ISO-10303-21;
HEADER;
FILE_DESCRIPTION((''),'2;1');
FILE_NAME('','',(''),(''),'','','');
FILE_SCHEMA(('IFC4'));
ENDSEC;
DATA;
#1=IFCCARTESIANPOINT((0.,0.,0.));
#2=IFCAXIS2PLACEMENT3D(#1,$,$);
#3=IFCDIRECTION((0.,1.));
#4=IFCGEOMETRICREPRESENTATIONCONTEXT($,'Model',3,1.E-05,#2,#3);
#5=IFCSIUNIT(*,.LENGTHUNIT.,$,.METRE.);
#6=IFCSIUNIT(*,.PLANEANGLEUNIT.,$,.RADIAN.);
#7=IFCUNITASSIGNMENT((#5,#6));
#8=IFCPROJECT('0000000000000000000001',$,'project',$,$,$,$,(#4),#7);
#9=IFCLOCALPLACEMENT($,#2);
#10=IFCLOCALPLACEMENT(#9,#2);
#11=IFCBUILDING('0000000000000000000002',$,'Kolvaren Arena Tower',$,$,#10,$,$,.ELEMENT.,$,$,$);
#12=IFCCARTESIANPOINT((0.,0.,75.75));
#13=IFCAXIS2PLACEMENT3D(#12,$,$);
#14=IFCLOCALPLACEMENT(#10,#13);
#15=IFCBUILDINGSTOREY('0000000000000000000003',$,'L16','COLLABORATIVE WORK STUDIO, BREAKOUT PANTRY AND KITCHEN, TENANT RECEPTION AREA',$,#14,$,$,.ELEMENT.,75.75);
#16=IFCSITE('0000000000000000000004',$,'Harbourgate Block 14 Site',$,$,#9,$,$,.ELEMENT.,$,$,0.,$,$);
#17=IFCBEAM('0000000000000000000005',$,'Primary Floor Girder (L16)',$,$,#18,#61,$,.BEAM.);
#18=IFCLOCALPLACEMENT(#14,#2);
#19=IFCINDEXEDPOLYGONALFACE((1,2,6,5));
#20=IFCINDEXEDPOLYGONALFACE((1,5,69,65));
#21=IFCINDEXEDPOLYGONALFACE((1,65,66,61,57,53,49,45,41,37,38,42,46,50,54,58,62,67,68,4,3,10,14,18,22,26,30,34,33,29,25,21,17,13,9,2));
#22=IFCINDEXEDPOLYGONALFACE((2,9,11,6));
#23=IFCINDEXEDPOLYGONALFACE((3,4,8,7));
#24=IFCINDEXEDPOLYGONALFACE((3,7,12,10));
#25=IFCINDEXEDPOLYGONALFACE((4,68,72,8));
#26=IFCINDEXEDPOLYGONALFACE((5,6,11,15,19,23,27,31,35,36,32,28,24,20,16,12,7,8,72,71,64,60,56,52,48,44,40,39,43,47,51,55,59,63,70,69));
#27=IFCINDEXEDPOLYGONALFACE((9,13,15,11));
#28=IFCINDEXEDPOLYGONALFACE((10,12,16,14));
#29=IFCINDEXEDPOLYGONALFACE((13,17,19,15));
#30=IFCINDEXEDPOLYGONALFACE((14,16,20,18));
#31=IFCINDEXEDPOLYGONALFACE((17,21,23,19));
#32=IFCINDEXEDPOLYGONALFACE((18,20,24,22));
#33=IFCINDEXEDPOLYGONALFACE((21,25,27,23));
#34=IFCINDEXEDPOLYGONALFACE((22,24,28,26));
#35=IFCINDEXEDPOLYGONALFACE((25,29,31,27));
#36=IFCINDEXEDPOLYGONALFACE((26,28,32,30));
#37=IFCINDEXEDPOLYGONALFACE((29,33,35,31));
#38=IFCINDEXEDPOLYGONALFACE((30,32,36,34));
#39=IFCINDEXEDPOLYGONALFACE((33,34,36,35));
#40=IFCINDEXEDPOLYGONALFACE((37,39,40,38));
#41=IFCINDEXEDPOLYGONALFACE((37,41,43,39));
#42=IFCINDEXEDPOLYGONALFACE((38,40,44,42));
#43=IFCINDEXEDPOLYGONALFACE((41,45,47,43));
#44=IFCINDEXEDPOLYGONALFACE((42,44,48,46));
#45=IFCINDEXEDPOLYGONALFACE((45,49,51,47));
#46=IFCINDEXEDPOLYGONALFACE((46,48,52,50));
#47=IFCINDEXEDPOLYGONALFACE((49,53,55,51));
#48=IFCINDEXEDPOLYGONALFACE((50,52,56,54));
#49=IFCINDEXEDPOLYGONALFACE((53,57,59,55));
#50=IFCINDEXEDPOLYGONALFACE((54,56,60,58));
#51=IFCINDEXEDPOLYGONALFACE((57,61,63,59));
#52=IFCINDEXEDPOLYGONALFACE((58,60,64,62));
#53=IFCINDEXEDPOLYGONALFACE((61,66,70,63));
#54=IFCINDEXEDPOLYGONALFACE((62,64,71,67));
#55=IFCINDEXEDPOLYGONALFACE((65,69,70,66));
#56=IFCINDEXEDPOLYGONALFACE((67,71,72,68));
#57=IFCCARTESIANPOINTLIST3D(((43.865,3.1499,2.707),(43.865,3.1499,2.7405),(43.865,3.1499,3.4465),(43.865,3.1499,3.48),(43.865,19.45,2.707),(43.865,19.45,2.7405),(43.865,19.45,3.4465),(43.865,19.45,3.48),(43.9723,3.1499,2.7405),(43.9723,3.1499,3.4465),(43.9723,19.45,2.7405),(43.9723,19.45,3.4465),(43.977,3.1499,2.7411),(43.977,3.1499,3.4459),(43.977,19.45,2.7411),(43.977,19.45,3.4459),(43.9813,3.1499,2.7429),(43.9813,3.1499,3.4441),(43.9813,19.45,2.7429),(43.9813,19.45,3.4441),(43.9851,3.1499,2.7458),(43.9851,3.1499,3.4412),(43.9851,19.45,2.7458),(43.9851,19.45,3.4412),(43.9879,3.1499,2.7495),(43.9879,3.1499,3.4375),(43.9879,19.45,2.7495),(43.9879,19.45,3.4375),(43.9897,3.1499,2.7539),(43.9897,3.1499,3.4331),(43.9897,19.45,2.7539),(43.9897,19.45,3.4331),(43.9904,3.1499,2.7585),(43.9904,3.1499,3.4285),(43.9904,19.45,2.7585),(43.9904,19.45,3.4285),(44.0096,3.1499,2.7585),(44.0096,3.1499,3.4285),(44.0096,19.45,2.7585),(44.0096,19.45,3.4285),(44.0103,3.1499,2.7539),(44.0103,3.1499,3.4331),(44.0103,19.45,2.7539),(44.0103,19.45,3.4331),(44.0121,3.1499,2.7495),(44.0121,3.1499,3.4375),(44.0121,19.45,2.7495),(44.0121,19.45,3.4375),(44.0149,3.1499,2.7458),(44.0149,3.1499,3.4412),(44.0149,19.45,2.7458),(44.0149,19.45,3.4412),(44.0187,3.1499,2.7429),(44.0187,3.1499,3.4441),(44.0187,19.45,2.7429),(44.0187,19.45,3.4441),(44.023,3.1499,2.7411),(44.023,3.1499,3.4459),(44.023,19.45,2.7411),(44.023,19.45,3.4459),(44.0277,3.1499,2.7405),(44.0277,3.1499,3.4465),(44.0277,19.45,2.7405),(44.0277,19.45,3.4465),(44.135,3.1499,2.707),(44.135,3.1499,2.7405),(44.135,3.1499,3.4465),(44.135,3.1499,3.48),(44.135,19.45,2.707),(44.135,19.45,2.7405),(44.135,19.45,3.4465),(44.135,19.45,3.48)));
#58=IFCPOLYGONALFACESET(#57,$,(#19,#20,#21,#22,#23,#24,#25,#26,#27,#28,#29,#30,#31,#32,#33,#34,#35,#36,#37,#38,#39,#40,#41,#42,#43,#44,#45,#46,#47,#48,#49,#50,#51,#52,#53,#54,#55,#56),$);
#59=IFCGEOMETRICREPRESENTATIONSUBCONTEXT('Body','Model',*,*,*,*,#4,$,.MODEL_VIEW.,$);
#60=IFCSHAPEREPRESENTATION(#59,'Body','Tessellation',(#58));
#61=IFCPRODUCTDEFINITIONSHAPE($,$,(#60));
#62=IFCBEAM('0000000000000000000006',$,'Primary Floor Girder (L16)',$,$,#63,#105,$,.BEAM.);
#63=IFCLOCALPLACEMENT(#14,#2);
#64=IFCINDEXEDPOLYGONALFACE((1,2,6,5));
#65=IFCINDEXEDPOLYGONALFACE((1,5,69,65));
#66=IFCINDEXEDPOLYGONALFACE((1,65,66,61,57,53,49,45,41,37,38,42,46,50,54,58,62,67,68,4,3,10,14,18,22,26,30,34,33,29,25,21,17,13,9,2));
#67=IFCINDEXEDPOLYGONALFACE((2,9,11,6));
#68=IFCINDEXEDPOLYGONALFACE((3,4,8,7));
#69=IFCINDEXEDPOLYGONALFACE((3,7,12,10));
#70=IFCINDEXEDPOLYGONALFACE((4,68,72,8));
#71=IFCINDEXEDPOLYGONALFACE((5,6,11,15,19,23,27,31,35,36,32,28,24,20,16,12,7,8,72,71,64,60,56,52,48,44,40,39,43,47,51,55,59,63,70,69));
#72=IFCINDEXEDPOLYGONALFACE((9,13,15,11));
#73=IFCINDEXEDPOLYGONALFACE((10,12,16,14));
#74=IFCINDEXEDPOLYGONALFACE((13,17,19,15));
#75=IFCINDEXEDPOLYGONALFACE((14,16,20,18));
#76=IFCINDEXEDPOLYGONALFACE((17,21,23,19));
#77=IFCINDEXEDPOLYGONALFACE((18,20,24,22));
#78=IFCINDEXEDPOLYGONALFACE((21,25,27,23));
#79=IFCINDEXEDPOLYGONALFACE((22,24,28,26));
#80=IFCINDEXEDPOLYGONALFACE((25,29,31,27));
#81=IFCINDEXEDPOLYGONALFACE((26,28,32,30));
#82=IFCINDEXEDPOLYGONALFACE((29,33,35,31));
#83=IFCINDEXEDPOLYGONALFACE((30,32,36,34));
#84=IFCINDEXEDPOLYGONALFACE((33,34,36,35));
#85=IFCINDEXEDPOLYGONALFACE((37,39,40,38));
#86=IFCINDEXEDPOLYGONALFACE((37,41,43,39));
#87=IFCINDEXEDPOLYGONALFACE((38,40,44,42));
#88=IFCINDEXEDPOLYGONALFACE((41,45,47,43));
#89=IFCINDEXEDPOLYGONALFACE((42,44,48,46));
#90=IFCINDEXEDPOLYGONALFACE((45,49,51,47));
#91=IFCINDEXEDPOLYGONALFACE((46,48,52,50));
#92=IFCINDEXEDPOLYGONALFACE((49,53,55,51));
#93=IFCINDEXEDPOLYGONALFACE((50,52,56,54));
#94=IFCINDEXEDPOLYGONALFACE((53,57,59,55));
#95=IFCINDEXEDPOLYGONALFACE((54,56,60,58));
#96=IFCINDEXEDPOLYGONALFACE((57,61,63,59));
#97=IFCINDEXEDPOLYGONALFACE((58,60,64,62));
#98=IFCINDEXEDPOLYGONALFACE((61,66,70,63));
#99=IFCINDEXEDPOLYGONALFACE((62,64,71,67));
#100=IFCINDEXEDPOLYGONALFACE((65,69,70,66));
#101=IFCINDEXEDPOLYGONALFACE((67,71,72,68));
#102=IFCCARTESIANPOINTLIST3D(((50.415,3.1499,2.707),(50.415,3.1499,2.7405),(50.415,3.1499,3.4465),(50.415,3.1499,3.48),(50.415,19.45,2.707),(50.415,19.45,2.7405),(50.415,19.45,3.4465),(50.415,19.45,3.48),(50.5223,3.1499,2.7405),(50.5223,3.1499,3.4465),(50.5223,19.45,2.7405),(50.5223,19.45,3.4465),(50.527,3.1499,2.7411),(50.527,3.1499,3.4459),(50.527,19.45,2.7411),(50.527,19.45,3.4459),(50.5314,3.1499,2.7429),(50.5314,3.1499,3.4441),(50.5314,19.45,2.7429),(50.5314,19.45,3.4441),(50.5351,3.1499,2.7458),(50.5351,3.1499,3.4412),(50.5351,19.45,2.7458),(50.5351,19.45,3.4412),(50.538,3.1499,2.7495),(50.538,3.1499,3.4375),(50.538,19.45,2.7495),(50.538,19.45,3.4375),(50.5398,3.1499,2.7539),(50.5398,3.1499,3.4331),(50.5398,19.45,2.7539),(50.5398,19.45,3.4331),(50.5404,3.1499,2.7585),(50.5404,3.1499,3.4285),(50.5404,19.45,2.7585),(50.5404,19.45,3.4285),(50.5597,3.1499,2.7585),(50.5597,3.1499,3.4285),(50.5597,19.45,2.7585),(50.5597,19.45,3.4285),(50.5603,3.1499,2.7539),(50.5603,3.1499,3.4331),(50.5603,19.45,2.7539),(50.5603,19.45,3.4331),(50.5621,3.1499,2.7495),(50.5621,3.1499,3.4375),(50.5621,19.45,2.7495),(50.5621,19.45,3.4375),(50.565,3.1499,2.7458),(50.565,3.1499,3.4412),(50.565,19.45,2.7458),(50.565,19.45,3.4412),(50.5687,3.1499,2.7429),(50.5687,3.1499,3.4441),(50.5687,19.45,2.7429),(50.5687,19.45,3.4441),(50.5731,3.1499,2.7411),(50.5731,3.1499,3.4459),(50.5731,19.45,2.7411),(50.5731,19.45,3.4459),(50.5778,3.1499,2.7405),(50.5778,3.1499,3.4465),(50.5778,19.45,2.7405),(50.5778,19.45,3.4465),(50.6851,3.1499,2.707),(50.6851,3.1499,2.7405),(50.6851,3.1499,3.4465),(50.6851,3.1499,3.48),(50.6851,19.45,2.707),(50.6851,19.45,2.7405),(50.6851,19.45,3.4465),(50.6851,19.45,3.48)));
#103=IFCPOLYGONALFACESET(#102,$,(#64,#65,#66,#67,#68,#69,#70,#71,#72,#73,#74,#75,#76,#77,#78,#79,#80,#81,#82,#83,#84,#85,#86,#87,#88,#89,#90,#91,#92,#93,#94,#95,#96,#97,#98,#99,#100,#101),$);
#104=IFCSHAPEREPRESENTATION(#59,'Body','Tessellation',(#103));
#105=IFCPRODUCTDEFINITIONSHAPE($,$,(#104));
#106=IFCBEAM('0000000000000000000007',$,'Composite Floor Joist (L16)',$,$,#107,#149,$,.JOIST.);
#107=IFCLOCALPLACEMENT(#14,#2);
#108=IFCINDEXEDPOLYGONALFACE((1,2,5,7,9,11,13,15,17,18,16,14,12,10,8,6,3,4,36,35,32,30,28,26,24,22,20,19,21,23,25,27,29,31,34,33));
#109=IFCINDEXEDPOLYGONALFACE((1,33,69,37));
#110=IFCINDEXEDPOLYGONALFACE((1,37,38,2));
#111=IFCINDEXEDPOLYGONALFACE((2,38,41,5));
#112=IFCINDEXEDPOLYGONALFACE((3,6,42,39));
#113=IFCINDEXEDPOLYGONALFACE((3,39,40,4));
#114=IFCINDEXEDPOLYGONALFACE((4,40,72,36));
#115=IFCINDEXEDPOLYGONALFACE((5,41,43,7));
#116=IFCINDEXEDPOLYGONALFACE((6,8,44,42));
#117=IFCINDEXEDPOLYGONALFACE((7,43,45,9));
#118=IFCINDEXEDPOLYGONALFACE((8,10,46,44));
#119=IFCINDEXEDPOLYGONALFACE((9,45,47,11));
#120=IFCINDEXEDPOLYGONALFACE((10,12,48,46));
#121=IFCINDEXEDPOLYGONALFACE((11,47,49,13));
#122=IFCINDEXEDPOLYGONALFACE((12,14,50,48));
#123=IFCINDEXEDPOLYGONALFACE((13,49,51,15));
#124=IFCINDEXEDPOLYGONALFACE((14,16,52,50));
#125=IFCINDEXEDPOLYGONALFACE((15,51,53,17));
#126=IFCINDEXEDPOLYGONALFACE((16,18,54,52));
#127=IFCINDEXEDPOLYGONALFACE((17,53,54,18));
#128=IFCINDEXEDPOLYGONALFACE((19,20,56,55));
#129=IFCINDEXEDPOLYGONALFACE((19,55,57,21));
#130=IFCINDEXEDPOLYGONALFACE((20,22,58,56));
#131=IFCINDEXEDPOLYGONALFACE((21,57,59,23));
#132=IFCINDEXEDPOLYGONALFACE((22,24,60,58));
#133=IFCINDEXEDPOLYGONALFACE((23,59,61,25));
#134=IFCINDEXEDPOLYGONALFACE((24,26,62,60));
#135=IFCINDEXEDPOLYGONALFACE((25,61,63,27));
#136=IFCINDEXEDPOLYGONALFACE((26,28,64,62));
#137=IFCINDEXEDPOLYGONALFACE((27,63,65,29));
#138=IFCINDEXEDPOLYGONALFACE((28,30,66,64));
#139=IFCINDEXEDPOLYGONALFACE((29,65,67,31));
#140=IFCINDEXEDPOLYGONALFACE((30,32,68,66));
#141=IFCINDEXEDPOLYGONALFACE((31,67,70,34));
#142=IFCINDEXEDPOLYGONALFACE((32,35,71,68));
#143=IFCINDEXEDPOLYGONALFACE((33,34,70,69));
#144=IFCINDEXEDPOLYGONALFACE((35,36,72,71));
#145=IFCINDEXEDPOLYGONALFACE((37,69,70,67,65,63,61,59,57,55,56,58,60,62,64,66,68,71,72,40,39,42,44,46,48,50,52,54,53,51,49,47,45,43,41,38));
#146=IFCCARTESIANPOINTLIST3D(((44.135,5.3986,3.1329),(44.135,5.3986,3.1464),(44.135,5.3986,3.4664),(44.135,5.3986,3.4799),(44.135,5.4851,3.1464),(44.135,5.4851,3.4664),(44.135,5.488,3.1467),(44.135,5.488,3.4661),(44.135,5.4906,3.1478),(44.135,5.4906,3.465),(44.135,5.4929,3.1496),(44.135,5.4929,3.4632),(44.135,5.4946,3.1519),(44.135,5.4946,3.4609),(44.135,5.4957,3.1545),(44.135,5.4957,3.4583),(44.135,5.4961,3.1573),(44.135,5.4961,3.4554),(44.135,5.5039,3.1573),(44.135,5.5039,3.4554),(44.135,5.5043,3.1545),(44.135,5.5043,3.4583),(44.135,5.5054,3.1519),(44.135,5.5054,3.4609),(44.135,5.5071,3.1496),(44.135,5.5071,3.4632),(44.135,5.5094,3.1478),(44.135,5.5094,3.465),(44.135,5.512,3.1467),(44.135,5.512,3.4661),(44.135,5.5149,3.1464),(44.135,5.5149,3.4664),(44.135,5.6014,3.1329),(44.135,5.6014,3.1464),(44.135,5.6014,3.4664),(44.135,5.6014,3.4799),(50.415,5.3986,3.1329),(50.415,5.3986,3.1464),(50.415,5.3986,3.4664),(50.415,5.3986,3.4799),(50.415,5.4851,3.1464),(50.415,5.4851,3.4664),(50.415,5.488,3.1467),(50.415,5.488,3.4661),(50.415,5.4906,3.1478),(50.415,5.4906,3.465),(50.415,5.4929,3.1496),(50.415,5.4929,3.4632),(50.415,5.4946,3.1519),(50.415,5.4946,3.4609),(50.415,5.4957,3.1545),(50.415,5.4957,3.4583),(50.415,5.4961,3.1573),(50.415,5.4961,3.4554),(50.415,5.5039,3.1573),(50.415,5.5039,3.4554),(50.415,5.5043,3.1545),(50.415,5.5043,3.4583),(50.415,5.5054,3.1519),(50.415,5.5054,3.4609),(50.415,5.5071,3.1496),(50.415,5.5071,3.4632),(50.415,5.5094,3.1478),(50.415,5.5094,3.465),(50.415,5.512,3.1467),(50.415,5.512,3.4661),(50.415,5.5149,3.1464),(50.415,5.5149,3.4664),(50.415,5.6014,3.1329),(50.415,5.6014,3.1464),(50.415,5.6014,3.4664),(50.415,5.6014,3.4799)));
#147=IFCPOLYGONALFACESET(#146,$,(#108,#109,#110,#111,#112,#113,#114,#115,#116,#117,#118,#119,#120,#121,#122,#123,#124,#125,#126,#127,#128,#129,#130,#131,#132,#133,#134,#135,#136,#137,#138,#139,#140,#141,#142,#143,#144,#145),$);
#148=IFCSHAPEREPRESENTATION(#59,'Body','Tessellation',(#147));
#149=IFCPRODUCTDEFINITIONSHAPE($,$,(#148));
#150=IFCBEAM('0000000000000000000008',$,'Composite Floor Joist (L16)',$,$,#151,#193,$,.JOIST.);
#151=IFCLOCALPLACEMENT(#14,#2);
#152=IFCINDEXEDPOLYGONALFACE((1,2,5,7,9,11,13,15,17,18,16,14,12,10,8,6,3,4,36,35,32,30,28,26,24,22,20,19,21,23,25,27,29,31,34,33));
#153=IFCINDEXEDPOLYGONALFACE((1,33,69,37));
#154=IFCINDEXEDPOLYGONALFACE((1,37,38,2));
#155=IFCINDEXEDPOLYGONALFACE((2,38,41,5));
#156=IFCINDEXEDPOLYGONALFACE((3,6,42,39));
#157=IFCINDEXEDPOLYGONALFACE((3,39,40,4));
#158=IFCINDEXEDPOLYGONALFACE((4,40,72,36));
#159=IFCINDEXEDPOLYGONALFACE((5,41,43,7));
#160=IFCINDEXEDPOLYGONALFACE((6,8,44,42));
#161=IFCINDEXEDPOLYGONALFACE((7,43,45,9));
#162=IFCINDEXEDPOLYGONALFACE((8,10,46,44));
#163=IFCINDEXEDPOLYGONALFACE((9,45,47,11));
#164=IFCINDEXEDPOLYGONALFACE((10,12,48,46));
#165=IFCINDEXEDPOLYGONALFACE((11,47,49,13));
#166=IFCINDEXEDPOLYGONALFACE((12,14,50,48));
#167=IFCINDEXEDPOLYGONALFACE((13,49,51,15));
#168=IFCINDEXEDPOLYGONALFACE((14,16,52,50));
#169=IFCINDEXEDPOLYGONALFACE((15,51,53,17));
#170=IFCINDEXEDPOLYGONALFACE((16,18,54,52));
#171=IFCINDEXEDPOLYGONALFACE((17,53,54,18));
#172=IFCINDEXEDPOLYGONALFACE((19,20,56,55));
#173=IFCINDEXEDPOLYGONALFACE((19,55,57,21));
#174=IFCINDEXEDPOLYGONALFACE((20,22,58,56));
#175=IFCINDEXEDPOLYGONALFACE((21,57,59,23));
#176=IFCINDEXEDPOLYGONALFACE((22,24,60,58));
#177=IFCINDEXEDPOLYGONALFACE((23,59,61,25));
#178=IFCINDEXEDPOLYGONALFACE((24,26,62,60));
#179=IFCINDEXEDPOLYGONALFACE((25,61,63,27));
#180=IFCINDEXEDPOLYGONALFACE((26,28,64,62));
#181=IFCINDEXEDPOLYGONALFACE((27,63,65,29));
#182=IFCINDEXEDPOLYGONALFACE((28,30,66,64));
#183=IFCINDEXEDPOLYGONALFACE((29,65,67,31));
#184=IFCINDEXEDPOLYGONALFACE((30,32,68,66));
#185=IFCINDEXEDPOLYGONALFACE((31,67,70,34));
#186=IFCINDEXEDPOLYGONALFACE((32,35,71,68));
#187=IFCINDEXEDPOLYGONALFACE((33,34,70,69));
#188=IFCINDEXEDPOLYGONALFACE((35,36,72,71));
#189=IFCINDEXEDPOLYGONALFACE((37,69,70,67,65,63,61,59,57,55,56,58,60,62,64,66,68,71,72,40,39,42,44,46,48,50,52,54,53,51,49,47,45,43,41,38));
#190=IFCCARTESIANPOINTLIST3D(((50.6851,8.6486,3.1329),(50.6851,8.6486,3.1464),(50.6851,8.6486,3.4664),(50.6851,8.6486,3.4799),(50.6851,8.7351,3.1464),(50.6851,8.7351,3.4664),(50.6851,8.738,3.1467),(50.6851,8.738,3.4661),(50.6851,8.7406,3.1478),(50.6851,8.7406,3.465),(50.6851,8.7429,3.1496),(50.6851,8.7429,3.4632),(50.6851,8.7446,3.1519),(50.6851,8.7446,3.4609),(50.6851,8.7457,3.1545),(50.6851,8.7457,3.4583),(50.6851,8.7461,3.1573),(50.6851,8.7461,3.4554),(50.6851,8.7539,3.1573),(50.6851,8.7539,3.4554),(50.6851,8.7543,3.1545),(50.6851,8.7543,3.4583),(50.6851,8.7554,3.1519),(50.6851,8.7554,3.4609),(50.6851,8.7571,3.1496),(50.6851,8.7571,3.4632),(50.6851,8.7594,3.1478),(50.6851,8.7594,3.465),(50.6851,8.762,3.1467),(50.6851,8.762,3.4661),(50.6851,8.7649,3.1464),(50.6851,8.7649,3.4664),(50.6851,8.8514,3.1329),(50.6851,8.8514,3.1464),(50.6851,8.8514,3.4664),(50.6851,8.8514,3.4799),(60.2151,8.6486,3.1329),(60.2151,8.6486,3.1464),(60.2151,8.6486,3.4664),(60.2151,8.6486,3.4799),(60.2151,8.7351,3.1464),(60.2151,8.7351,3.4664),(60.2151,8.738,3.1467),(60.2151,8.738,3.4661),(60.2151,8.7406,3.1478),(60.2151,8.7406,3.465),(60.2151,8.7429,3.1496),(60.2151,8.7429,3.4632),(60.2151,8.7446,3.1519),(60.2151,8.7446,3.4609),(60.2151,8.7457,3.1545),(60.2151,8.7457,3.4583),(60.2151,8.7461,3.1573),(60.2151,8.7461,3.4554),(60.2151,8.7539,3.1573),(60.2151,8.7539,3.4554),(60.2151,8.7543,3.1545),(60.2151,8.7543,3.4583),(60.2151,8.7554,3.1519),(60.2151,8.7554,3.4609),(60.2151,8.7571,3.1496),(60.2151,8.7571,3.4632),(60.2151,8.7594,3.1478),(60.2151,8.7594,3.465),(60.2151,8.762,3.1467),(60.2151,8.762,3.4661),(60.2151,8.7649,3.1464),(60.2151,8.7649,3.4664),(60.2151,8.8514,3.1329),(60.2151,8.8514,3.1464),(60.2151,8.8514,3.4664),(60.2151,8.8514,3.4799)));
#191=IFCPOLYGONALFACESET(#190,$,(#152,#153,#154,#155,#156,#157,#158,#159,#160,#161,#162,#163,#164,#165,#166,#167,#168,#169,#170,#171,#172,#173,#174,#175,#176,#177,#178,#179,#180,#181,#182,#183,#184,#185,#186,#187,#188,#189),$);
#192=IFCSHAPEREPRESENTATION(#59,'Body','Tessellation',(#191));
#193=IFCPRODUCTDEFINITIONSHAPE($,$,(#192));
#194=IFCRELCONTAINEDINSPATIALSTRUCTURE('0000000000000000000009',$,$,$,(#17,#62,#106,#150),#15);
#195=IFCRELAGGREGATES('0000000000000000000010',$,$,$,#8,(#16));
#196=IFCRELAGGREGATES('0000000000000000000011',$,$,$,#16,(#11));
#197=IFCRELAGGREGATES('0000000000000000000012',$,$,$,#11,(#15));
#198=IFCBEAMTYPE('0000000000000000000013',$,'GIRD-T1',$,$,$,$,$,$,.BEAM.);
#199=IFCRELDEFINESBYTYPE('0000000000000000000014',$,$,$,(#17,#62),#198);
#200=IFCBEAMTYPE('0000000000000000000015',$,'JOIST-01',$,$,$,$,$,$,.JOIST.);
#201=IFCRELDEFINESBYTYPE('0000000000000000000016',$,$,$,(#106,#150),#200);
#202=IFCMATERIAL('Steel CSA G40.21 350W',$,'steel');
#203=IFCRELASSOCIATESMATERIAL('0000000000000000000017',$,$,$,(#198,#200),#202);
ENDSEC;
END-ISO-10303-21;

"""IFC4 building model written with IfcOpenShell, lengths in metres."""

from ifc_helpers import new_model, si_unit, direction, frame, origin, origin_2d, place, context, subcontext, project, spatial, i_section, extrude, material, material_profile, profile_set, type_object, element, save


model = new_model("IFC4")

# Units and contexts
model_context = context("Model", 3, precision=1e-05, world=origin(), true_north=direction((0.0, 1.0)))
body_context = subcontext(model_context, "Body", "Model", "MODEL_VIEW")
ifc_project = project(units=[si_unit("LENGTHUNIT", "METRE"), si_unit("PLANEANGLEUNIT", "RADIAN")], contexts=[model_context])

# Site, building, storey
site_placement = place(None, origin())
site = spatial("IfcSite", under=ifc_project, at=site_placement, Name="Harbourgate Block 14 Site", CompositionType="ELEMENT", RefElevation=0.0)
building_placement = place(site_placement, origin())
building = spatial("IfcBuilding", under=site, at=building_placement, Name="Kolvaren Arena Tower", CompositionType="ELEMENT")
storey_placement = place(building_placement, frame((0.0, 0.0, 75.75)))
storey = spatial("IfcBuildingStorey", under=building, at=storey_placement, Name="L16", Description="COLLABORATIVE WORK STUDIO, BREAKOUT PANTRY AND KITCHEN, TENANT RECEPTION AREA", CompositionType="ELEMENT", Elevation=75.75)

# Beams
ifc_material_1 = material(Name="Steel CSA G40.21 350W", Category="steel")
ifc_material_profile_1 = material_profile(ifc_material_1, i_section(OverallWidth=0.27, OverallDepth=0.7729, WebThickness=0.0193, FlangeThickness=0.0334, FilletRadius=0.0181, at=origin_2d()), Name="W760x257")
ifc_profile_set_1 = profile_set([ifc_material_profile_1], Name="Steel CSA G40.21 350W")
beam_type_1 = type_object("IfcBeamType", Name="GIRD-T1", PredefinedType="BEAM", material=ifc_profile_set_1)
for number, where, z_axis, x_axis, name in (
    (1, (44.0, 3.1499, 3.0935), (0.0, 1.0, 0.0), (-1.0, 0.0, 0.0), "Primary Floor Girder (L16)"),
    (2, (50.55, 3.1499, 3.0935), (0.0, 1.0, 0.0), (-1.0, 0.0, 0.0), "Primary Floor Girder (L16)"),
):
    element("IfcBeam", number, at=place(storey_placement, frame(where, z_axis=z_axis, x_axis=x_axis)), inside=storey, type_object=beam_type_1, Name=name, PredefinedType="BEAM", context=body_context, shape_type="SweptSolid", body=[
        extrude(i_section(OverallWidth=0.27, OverallDepth=0.7729, WebThickness=0.0193, FlangeThickness=0.0334, FilletRadius=0.0181, at=origin_2d()), origin(), (0.0, 0.0, 1.0), 16.3),
    ])
ifc_material_profile_2 = material_profile(ifc_material_1, i_section(OverallWidth=0.2029, OverallDepth=0.3469, WebThickness=0.0078, FlangeThickness=0.0134, FilletRadius=0.011, at=origin_2d()), Name="W360x64")
ifc_profile_set_2 = profile_set([ifc_material_profile_2], Name="Steel CSA G40.21 350W")
beam_type_2 = type_object("IfcBeamType", Name="JOIST-01", PredefinedType="JOIST", material=ifc_profile_set_2)
beam_1_placement = place(storey_placement, frame((44.135, 5.5, 3.3064), z_axis=(1.0, 0.0, 0.0), x_axis=(0.0, 1.0, 0.0)))
element("IfcBeam", 3, at=beam_1_placement, inside=storey, type_object=beam_type_2, Name="Composite Floor Joist (L16)", PredefinedType="JOIST", context=body_context, shape_type="SweptSolid", body=[
    extrude(i_section(OverallWidth=0.2029, OverallDepth=0.3469, WebThickness=0.0078, FlangeThickness=0.0134, FilletRadius=0.011, at=origin_2d()), origin(), (0.0, 0.0, 1.0), 6.28),
])
beam_2_placement = place(storey_placement, frame((50.6851, 8.75, 3.3064), z_axis=(1.0, 0.0, 0.0), x_axis=(0.0, 1.0, 0.0)))
element("IfcBeam", 4, at=beam_2_placement, inside=storey, type_object=beam_type_2, Name="Composite Floor Joist (L16)", PredefinedType="JOIST", context=body_context, shape_type="SweptSolid", body=[
    extrude(i_section(OverallWidth=0.2029, OverallDepth=0.3469, WebThickness=0.0078, FlangeThickness=0.0134, FilletRadius=0.011, at=origin_2d()), origin(), (0.0, 0.0, 1.0), 9.53),
])

save(model, "model.ifc")
